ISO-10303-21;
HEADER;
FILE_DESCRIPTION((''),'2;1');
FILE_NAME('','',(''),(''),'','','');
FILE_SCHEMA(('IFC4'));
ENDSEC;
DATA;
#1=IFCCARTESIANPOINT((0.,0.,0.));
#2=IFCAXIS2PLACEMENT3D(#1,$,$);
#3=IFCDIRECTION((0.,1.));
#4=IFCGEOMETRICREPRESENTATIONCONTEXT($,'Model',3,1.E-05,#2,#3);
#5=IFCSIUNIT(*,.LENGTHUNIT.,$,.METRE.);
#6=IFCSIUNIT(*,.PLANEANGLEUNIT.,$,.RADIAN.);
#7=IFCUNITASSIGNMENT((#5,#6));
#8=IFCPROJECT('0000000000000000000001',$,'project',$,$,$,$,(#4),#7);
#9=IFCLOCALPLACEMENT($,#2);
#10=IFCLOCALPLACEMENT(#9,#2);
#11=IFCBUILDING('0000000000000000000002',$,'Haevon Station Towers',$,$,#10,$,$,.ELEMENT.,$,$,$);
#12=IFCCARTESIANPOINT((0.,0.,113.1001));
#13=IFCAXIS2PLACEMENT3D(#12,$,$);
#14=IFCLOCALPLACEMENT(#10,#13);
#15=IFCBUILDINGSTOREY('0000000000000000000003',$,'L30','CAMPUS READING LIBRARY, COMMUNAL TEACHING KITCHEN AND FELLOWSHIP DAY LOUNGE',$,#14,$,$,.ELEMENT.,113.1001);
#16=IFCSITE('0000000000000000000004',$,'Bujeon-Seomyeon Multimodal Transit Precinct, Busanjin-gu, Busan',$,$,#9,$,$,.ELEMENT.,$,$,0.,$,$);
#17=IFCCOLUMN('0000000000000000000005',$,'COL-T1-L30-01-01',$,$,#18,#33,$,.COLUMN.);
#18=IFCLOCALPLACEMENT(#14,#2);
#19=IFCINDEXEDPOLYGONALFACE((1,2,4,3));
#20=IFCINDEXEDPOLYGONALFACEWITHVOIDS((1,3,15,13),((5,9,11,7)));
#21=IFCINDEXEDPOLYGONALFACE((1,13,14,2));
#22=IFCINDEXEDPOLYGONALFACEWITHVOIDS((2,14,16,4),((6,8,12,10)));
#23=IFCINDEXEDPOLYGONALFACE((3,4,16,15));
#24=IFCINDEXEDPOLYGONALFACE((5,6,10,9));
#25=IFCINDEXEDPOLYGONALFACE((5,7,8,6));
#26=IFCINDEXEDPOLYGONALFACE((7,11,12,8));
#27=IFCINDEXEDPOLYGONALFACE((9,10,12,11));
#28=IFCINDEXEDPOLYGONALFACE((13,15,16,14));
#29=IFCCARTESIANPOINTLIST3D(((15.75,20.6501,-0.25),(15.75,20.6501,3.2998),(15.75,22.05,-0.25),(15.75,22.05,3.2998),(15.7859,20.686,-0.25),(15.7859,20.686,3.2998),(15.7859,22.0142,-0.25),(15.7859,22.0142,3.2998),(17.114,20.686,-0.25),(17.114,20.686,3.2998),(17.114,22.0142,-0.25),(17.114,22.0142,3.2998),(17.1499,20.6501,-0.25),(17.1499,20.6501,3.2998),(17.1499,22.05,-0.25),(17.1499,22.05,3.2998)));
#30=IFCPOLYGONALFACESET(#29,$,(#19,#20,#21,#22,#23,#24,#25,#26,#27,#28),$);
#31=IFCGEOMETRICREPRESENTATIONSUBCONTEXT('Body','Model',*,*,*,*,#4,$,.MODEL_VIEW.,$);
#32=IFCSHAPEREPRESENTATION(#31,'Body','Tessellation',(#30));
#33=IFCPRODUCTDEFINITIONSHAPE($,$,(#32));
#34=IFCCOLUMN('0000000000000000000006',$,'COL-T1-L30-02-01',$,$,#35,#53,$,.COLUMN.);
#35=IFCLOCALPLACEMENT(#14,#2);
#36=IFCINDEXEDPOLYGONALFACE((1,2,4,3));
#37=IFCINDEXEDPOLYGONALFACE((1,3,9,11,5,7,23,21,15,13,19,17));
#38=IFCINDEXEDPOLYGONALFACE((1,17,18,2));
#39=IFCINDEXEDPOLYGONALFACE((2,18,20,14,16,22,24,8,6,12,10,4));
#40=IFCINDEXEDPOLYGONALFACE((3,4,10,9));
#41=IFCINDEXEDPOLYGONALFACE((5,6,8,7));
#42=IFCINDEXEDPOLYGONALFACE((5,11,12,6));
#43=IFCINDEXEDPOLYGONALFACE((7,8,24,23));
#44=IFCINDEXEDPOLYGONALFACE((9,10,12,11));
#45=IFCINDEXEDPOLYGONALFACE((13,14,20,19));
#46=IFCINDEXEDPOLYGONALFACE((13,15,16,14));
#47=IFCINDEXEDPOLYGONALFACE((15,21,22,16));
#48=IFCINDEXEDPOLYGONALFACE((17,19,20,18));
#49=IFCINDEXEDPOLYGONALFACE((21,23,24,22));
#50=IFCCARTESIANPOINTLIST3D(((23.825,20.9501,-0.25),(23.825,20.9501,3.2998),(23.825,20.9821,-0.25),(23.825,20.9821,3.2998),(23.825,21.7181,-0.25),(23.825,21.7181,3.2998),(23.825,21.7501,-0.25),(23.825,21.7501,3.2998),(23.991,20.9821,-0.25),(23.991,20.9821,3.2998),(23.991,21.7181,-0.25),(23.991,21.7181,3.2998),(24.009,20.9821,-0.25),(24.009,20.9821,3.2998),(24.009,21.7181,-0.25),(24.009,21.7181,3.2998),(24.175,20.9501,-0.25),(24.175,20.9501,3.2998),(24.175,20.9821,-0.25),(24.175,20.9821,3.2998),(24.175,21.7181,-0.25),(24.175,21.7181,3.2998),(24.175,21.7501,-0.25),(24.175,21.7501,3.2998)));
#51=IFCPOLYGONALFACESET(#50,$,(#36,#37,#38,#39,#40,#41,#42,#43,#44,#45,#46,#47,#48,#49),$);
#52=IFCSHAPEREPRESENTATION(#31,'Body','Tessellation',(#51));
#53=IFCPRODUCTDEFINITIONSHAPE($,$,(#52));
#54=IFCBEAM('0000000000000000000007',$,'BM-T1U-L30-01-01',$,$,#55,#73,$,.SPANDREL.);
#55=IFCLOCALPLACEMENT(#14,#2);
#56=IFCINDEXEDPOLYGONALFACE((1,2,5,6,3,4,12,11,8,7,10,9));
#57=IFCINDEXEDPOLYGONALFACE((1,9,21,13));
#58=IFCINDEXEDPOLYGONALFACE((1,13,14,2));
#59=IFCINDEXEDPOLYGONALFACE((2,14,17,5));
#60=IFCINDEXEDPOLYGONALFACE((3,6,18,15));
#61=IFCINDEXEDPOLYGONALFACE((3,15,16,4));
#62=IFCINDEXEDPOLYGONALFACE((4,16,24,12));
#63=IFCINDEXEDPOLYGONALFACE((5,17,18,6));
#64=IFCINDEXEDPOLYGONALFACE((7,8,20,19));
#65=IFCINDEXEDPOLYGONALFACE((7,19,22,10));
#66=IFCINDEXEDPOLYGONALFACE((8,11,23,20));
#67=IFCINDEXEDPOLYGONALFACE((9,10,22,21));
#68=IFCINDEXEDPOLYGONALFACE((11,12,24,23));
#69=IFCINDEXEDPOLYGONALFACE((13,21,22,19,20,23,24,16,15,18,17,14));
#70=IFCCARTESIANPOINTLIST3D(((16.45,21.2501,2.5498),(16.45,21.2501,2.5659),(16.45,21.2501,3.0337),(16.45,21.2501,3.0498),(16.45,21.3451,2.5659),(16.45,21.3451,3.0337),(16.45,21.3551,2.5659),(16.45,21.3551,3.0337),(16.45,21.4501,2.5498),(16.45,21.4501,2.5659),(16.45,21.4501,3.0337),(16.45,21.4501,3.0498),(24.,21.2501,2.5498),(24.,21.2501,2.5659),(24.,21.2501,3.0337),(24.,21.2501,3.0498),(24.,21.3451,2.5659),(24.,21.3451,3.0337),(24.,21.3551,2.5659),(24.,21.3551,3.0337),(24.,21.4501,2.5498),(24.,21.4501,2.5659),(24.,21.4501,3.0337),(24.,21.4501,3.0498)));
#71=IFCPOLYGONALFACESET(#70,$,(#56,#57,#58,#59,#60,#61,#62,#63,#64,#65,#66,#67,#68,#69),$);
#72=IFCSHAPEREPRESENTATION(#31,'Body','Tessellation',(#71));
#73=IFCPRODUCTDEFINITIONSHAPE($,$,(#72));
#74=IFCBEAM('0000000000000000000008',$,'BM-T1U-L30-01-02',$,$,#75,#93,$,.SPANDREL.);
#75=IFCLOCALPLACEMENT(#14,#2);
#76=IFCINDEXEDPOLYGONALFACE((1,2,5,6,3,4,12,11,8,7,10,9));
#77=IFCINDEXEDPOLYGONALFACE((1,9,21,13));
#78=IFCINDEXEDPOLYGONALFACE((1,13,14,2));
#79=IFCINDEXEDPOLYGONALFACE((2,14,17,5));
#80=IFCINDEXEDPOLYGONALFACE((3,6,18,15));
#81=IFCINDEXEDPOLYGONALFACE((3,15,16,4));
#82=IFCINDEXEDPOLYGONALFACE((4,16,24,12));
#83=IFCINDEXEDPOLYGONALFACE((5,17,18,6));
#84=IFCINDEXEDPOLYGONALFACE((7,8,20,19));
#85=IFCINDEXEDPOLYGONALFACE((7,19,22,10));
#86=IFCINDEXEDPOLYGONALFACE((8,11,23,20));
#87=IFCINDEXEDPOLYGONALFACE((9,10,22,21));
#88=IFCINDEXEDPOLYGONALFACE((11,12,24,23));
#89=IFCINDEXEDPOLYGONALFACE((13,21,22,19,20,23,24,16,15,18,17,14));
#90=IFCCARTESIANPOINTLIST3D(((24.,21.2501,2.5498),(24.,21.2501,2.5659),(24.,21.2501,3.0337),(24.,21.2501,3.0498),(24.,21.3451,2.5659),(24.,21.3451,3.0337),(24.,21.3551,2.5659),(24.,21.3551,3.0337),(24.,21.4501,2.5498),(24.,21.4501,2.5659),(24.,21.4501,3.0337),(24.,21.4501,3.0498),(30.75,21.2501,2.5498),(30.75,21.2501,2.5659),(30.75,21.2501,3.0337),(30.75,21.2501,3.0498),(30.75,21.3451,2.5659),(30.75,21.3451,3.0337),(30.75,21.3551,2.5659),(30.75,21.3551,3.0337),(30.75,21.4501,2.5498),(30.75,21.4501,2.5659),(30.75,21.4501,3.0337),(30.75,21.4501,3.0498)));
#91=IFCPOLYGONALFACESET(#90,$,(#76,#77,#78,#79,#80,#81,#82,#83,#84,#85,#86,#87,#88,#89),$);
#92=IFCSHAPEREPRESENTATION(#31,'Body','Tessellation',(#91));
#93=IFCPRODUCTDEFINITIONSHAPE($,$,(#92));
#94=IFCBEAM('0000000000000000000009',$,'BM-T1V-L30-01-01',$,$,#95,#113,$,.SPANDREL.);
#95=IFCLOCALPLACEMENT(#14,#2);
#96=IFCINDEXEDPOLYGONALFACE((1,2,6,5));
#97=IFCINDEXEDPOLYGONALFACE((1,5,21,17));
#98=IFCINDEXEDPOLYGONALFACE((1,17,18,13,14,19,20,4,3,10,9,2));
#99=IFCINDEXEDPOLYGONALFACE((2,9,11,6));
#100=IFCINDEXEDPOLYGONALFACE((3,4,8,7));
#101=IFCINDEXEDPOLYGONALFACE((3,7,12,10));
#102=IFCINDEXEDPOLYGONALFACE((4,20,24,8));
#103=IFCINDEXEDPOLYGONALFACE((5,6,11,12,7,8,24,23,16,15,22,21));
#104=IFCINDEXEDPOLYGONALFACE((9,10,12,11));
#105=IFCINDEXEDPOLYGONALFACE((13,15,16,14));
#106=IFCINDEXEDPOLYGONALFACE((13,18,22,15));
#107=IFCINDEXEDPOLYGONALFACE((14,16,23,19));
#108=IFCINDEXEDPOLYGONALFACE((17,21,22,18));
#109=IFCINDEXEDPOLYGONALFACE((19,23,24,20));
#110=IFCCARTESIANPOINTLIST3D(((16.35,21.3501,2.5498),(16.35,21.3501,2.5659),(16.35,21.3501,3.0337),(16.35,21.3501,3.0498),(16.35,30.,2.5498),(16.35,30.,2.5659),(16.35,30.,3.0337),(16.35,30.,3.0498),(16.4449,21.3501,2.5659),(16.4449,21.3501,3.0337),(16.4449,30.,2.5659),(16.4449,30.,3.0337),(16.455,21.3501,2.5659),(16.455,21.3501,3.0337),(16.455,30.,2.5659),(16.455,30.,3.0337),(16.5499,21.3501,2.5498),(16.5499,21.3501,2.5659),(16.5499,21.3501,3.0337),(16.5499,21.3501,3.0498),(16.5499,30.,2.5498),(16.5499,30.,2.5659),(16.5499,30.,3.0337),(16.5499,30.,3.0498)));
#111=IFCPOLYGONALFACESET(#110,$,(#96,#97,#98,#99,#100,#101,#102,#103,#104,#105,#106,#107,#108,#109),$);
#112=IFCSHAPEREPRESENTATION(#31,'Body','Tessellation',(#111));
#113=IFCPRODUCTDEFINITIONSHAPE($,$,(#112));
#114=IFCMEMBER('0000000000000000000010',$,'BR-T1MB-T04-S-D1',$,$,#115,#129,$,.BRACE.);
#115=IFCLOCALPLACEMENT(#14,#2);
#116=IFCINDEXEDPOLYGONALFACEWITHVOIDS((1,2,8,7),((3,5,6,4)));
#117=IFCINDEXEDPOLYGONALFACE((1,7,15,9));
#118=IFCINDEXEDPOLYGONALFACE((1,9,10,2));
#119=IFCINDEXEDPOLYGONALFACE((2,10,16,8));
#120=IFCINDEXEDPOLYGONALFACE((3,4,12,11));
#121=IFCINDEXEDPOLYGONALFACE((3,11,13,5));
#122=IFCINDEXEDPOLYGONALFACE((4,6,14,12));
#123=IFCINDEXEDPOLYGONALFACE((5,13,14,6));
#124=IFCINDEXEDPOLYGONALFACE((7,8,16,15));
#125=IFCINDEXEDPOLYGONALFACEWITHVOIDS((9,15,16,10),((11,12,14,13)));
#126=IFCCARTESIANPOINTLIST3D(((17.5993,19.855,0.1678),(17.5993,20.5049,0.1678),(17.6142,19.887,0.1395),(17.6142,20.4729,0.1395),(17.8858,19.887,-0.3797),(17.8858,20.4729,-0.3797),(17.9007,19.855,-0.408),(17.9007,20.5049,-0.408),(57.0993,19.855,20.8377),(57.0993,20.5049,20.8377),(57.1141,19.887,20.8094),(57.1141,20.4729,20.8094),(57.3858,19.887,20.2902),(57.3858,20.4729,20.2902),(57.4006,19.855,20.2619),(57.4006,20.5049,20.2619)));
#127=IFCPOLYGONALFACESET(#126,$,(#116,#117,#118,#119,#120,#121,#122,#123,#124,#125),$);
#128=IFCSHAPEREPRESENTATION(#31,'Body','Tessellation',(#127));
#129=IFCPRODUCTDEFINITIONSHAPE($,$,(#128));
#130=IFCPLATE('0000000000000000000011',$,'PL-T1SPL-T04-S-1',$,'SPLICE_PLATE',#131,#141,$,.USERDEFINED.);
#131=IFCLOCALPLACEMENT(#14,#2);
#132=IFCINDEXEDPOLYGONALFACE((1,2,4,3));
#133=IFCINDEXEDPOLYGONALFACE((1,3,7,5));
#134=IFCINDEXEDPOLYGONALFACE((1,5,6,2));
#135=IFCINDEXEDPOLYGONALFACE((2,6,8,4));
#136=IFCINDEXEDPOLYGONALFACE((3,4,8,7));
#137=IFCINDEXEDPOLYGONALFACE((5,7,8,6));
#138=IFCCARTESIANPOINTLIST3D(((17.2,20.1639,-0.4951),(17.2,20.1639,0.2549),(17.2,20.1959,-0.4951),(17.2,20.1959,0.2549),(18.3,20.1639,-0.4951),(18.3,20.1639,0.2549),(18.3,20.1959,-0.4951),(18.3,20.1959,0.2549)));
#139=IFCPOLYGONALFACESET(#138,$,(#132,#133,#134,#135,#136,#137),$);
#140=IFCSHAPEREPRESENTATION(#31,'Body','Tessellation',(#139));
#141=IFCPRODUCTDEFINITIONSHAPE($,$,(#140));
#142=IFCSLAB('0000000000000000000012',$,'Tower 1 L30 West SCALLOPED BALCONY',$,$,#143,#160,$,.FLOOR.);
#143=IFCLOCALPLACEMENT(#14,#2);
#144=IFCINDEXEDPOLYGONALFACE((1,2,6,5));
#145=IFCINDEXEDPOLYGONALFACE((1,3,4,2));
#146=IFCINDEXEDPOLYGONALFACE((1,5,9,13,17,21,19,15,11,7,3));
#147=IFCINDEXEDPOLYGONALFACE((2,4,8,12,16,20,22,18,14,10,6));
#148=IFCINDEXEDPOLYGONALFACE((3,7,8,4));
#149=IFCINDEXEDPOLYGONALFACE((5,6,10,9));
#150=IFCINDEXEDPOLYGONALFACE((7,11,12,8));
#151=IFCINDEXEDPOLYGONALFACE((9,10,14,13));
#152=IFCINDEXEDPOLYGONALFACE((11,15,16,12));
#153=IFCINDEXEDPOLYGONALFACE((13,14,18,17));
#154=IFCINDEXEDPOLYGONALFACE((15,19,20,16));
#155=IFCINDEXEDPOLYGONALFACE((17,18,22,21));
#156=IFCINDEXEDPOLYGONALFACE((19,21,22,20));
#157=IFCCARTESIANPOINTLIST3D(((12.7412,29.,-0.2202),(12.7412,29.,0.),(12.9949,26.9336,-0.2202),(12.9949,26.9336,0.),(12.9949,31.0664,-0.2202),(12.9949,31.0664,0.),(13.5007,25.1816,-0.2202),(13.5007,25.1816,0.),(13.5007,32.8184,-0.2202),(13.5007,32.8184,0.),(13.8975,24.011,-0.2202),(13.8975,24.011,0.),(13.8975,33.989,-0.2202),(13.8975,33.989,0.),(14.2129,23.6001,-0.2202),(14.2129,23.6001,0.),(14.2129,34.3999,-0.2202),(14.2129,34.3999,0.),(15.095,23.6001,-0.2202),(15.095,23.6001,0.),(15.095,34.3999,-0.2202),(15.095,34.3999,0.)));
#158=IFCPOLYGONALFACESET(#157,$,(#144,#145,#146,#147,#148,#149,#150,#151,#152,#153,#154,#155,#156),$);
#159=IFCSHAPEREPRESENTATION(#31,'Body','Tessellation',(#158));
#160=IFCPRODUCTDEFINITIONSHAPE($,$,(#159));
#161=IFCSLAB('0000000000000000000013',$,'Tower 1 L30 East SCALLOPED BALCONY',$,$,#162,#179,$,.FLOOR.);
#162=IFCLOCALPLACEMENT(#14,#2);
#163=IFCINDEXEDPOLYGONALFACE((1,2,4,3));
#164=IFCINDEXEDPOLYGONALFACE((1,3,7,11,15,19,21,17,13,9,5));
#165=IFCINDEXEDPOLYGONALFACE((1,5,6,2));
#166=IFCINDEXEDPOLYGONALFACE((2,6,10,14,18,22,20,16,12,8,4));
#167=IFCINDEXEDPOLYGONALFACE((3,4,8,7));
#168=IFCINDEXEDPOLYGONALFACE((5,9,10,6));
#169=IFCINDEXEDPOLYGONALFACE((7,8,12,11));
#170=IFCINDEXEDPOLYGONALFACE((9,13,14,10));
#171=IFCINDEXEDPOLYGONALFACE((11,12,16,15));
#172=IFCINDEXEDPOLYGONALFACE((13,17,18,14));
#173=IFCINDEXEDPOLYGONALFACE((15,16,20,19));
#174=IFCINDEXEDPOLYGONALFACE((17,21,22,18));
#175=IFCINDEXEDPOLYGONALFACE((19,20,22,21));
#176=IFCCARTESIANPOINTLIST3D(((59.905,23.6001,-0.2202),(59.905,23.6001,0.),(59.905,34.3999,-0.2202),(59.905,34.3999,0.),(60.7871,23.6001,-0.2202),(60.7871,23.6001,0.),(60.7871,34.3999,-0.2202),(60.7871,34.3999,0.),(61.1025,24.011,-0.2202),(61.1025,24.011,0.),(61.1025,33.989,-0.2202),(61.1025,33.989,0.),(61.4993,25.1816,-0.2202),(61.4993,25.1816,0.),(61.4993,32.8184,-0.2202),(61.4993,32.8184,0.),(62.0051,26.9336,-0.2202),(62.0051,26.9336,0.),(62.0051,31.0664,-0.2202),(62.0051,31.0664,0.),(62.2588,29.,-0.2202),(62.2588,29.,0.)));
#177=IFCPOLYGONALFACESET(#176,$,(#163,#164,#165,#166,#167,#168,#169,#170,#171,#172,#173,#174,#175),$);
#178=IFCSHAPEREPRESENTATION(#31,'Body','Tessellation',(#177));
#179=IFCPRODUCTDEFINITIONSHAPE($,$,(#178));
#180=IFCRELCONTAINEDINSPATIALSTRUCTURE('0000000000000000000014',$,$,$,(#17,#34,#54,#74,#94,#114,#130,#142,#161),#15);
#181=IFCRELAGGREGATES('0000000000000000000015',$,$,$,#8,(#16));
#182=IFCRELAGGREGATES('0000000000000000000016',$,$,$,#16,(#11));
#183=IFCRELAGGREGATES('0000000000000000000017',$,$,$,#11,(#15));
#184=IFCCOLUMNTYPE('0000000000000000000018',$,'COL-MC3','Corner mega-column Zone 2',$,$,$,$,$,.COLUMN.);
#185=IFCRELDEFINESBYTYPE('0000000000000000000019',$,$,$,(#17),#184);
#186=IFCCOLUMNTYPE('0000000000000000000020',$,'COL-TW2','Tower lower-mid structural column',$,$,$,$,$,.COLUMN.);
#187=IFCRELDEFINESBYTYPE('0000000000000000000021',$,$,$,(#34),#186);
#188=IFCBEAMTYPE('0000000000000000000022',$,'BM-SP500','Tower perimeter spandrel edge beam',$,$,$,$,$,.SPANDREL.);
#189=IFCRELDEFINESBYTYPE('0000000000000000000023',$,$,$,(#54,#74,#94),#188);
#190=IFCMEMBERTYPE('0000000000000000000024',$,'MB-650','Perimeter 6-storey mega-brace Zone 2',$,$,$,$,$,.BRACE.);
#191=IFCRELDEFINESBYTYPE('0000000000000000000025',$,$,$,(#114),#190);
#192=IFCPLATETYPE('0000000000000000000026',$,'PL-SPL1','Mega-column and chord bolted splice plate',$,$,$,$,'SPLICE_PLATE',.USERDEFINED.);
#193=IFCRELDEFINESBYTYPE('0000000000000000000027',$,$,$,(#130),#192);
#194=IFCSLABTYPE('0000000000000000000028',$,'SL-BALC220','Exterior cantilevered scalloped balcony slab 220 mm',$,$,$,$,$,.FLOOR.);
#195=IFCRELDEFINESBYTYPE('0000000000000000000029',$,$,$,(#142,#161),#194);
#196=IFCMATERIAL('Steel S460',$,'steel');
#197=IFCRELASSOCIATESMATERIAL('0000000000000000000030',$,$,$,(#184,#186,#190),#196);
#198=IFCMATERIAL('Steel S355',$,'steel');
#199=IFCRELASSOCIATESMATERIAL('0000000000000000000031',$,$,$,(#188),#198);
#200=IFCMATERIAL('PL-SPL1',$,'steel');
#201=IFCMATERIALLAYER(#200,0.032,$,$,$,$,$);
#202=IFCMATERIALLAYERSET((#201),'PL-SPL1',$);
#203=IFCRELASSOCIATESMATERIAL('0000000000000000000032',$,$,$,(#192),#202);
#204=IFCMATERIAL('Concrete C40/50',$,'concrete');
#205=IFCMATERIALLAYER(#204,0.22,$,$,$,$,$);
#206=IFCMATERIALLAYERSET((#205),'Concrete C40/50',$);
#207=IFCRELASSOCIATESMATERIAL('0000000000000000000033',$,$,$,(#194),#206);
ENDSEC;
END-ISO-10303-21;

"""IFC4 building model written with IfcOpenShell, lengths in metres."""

from ifc_helpers import new_model, si_unit, direction, frame, origin, origin_2d, place, context, subcontext, project, spatial, polyline, rectangle, hollow_rectangle, i_section, outline, extrude, material, layer, layer_set, material_profile, profile_set, type_object, element, save


model = new_model("IFC4")

# Units and contexts
model_context = context("Model", 3, precision=1e-05, world=origin(), true_north=direction((0.0, 1.0)))
body_context = subcontext(model_context, "Body", "Model", "MODEL_VIEW")
ifc_project = project(units=[si_unit("LENGTHUNIT", "METRE"), si_unit("PLANEANGLEUNIT", "RADIAN")], contexts=[model_context])

# Site, building, storey
site_placement = place(None, origin())
site = spatial("IfcSite", under=ifc_project, at=site_placement, Name="Bujeon-Seomyeon Multimodal Transit Precinct, Busanjin-gu, Busan", CompositionType="ELEMENT", RefElevation=0.0)
building_placement = place(site_placement, origin())
building = spatial("IfcBuilding", under=site, at=building_placement, Name="Haevon Station Towers", CompositionType="ELEMENT")
storey_placement = place(building_placement, frame((0.0, 0.0, 113.1001)))
storey = spatial("IfcBuildingStorey", under=building, at=storey_placement, Name="L30", Description="CAMPUS READING LIBRARY, COMMUNAL TEACHING KITCHEN AND FELLOWSHIP DAY LOUNGE", CompositionType="ELEMENT", Elevation=113.1001)

# Columns
ifc_material_1 = material(Name="Steel S460", Category="steel")
ifc_material_profile_1 = material_profile(ifc_material_1, hollow_rectangle(XDim=1.3999, YDim=1.3999, WallThickness=0.0359, at=origin_2d()), Name="BOX-1400x1400x36")
ifc_profile_set_1 = profile_set([ifc_material_profile_1], Name="Steel S460")
column_type_1 = type_object("IfcColumnType", Name="COL-MC3", Description="Corner mega-column Zone 2", PredefinedType="COLUMN", material=ifc_profile_set_1)
column_1_placement = place(storey_placement, frame((16.45, 21.3501, -0.25), z_axis=(0.0, 0.0, 1.0), x_axis=(1.0, 0.0, 0.0)))
element("IfcColumn", 1, at=column_1_placement, inside=storey, type_object=column_type_1, Name="COL-T1-L30-01-01", PredefinedType="COLUMN", context=body_context, shape_type="SweptSolid", body=[
    extrude(hollow_rectangle(XDim=1.3999, YDim=1.3999, WallThickness=0.0359, at=origin_2d()), origin(), (0.0, 0.0, 1.0), 3.5498),
])
ifc_material_profile_2 = material_profile(ifc_material_1, i_section(OverallWidth=0.3501, OverallDepth=0.8, WebThickness=0.0181, FlangeThickness=0.032, at=origin_2d()), Name="H-800x350x18x32")
ifc_profile_set_2 = profile_set([ifc_material_profile_2], Name="Steel S460")
column_type_2 = type_object("IfcColumnType", Name="COL-TW2", Description="Tower lower-mid structural column", PredefinedType="COLUMN", material=ifc_profile_set_2)
column_2_placement = place(storey_placement, frame((24.0, 21.3501, -0.25), z_axis=(0.0, 0.0, 1.0), x_axis=(1.0, 0.0, 0.0)))
element("IfcColumn", 2, at=column_2_placement, inside=storey, type_object=column_type_2, Name="COL-T1-L30-02-01", PredefinedType="COLUMN", context=body_context, shape_type="SweptSolid", body=[
    extrude(i_section(OverallWidth=0.3501, OverallDepth=0.8, WebThickness=0.0181, FlangeThickness=0.032, at=origin_2d()), origin(), (0.0, 0.0, 1.0), 3.5498),
])

# Beams
ifc_material_2 = material(Name="Steel S355", Category="steel")
ifc_material_profile_3 = material_profile(ifc_material_2, i_section(OverallWidth=0.2, OverallDepth=0.5, WebThickness=0.01, FlangeThickness=0.0161, at=origin_2d()), Name="H-500x200x10x16")
ifc_profile_set_3 = profile_set([ifc_material_profile_3], Name="Steel S355")
beam_type = type_object("IfcBeamType", Name="BM-SP500", Description="Tower perimeter spandrel edge beam", PredefinedType="SPANDREL", material=ifc_profile_set_3)
beam_1_placement = place(storey_placement, frame((16.45, 21.3501, 2.7998), z_axis=(1.0, 0.0, 0.0), x_axis=(0.0, 1.0, 0.0)))
element("IfcBeam", 3, at=beam_1_placement, inside=storey, type_object=beam_type, Name="BM-T1U-L30-01-01", PredefinedType="SPANDREL", context=body_context, shape_type="SweptSolid", body=[
    extrude(i_section(OverallWidth=0.2, OverallDepth=0.5, WebThickness=0.01, FlangeThickness=0.0161, at=origin_2d()), origin(), (0.0, 0.0, 1.0), 7.55),
])
beam_2_placement = place(storey_placement, frame((24.0, 21.3501, 2.7998), z_axis=(1.0, 0.0, 0.0), x_axis=(0.0, 1.0, 0.0)))
element("IfcBeam", 4, at=beam_2_placement, inside=storey, type_object=beam_type, Name="BM-T1U-L30-01-02", PredefinedType="SPANDREL", context=body_context, shape_type="SweptSolid", body=[
    extrude(i_section(OverallWidth=0.2, OverallDepth=0.5, WebThickness=0.01, FlangeThickness=0.0161, at=origin_2d()), origin(), (0.0, 0.0, 1.0), 6.75),
])
beam_3_placement = place(storey_placement, frame((16.45, 21.3501, 2.7998), z_axis=(0.0, 1.0, 0.0), x_axis=(-1.0, 0.0, 0.0)))
element("IfcBeam", 5, at=beam_3_placement, inside=storey, type_object=beam_type, Name="BM-T1V-L30-01-01", PredefinedType="SPANDREL", context=body_context, shape_type="SweptSolid", body=[
    extrude(i_section(OverallWidth=0.2, OverallDepth=0.5, WebThickness=0.01, FlangeThickness=0.0161, at=origin_2d()), origin(), (0.0, 0.0, 1.0), 8.6499),
])

# Member
ifc_material_profile_4 = material_profile(ifc_material_1, hollow_rectangle(XDim=0.6499, YDim=0.6499, WallThickness=0.032, at=origin_2d()), Name="RHS-650x650x32")
ifc_profile_set_4 = profile_set([ifc_material_profile_4], Name="Steel S460")
member_type = type_object("IfcMemberType", Name="MB-650", Description="Perimeter 6-storey mega-brace Zone 2", PredefinedType="BRACE", material=ifc_profile_set_4)
member_placement = place(storey_placement, frame((17.75, 20.1799, -0.1201), z_axis=(0.886021, 0.0, 0.463645), x_axis=(0.0, 1.0, 0.0)))
element("IfcMember", 6, at=member_placement, inside=storey, type_object=member_type, Name="BR-T1MB-T04-S-D1", PredefinedType="BRACE", context=body_context, shape_type="SweptSolid", body=[
    extrude(hollow_rectangle(XDim=0.6499, YDim=0.6499, WallThickness=0.032, at=origin_2d()), origin(), (0.0, 0.0, 1.0), 44.5813),
])

# Plate
ifc_material_3 = material(Name="PL-SPL1", Category="steel")
ifc_layer_1 = layer(ifc_material_3, 0.032)
ifc_layer_set_1 = layer_set([ifc_layer_1], Name="PL-SPL1")
plate_type = type_object("IfcPlateType", Name="PL-SPL1", Description="Mega-column and chord bolted splice plate", ElementType="SPLICE_PLATE", PredefinedType="USERDEFINED", material=ifc_layer_set_1)
plate_placement = place(storey_placement, frame((17.75, 20.1799, -0.4951), z_axis=(0.0, 0.0, 1.0), x_axis=(1.0, 0.0, 0.0)))
element("IfcPlate", 7, at=plate_placement, inside=storey, type_object=plate_type, Name="PL-T1SPL-T04-S-1", ObjectType="SPLICE_PLATE", PredefinedType="USERDEFINED", context=body_context, shape_type="SweptSolid", body=[
    extrude(rectangle(XDim=1.1001, YDim=0.032, at=origin_2d()), origin(), (0.0, 0.0, 1.0), 0.75),
])

# Slabs
ifc_material_4 = material(Name="Concrete C40/50", Category="concrete")
ifc_layer_2 = layer(ifc_material_4, 0.22)
ifc_layer_set_2 = layer_set([ifc_layer_2], Name="Concrete C40/50")
slab_type_1 = type_object("IfcSlabType", Name="SL-BALC220", Description="Exterior cantilevered scalloped balcony slab 220 mm", PredefinedType="FLOOR", material=ifc_layer_set_2)
slab_1_placement = place(storey_placement, frame((0.0, 0.0, -0.2202)))
element("IfcSlab", 8, at=slab_1_placement, inside=storey, type_object=slab_type_1, Name="Tower 1 L30 West SCALLOPED BALCONY", PredefinedType="FLOOR", context=body_context, shape_type="SweptSolid", body=[
    extrude(outline(polyline([(15.095, 34.3999), (14.2129, 34.3999), (13.8975, 33.989), (13.5007, 32.8184), (12.9949, 31.0664), (12.7412, 29.0), (12.9949, 26.9336), (13.5007, 25.1816), (13.8975, 24.011), (14.2129, 23.6001), (15.095, 23.6001), (15.095, 34.3999)])), origin(), (0.0, 0.0, 1.0), 0.2202),
])
slab_2_placement = place(storey_placement, frame((0.0, 0.0, -0.2202)))
element("IfcSlab", 9, at=slab_2_placement, inside=storey, type_object=slab_type_1, Name="Tower 1 L30 East SCALLOPED BALCONY", PredefinedType="FLOOR", context=body_context, shape_type="SweptSolid", body=[
    extrude(outline(polyline([(59.905, 23.6001), (60.7871, 23.6001), (61.1025, 24.011), (61.4993, 25.1816), (62.0051, 26.9336), (62.2588, 29.0), (62.0051, 31.0664), (61.4993, 32.8184), (61.1025, 33.989), (60.7871, 34.3999), (59.905, 34.3999), (59.905, 23.6001)])), origin(), (0.0, 0.0, 1.0), 0.2202),
])

save(model, "model.ifc")
